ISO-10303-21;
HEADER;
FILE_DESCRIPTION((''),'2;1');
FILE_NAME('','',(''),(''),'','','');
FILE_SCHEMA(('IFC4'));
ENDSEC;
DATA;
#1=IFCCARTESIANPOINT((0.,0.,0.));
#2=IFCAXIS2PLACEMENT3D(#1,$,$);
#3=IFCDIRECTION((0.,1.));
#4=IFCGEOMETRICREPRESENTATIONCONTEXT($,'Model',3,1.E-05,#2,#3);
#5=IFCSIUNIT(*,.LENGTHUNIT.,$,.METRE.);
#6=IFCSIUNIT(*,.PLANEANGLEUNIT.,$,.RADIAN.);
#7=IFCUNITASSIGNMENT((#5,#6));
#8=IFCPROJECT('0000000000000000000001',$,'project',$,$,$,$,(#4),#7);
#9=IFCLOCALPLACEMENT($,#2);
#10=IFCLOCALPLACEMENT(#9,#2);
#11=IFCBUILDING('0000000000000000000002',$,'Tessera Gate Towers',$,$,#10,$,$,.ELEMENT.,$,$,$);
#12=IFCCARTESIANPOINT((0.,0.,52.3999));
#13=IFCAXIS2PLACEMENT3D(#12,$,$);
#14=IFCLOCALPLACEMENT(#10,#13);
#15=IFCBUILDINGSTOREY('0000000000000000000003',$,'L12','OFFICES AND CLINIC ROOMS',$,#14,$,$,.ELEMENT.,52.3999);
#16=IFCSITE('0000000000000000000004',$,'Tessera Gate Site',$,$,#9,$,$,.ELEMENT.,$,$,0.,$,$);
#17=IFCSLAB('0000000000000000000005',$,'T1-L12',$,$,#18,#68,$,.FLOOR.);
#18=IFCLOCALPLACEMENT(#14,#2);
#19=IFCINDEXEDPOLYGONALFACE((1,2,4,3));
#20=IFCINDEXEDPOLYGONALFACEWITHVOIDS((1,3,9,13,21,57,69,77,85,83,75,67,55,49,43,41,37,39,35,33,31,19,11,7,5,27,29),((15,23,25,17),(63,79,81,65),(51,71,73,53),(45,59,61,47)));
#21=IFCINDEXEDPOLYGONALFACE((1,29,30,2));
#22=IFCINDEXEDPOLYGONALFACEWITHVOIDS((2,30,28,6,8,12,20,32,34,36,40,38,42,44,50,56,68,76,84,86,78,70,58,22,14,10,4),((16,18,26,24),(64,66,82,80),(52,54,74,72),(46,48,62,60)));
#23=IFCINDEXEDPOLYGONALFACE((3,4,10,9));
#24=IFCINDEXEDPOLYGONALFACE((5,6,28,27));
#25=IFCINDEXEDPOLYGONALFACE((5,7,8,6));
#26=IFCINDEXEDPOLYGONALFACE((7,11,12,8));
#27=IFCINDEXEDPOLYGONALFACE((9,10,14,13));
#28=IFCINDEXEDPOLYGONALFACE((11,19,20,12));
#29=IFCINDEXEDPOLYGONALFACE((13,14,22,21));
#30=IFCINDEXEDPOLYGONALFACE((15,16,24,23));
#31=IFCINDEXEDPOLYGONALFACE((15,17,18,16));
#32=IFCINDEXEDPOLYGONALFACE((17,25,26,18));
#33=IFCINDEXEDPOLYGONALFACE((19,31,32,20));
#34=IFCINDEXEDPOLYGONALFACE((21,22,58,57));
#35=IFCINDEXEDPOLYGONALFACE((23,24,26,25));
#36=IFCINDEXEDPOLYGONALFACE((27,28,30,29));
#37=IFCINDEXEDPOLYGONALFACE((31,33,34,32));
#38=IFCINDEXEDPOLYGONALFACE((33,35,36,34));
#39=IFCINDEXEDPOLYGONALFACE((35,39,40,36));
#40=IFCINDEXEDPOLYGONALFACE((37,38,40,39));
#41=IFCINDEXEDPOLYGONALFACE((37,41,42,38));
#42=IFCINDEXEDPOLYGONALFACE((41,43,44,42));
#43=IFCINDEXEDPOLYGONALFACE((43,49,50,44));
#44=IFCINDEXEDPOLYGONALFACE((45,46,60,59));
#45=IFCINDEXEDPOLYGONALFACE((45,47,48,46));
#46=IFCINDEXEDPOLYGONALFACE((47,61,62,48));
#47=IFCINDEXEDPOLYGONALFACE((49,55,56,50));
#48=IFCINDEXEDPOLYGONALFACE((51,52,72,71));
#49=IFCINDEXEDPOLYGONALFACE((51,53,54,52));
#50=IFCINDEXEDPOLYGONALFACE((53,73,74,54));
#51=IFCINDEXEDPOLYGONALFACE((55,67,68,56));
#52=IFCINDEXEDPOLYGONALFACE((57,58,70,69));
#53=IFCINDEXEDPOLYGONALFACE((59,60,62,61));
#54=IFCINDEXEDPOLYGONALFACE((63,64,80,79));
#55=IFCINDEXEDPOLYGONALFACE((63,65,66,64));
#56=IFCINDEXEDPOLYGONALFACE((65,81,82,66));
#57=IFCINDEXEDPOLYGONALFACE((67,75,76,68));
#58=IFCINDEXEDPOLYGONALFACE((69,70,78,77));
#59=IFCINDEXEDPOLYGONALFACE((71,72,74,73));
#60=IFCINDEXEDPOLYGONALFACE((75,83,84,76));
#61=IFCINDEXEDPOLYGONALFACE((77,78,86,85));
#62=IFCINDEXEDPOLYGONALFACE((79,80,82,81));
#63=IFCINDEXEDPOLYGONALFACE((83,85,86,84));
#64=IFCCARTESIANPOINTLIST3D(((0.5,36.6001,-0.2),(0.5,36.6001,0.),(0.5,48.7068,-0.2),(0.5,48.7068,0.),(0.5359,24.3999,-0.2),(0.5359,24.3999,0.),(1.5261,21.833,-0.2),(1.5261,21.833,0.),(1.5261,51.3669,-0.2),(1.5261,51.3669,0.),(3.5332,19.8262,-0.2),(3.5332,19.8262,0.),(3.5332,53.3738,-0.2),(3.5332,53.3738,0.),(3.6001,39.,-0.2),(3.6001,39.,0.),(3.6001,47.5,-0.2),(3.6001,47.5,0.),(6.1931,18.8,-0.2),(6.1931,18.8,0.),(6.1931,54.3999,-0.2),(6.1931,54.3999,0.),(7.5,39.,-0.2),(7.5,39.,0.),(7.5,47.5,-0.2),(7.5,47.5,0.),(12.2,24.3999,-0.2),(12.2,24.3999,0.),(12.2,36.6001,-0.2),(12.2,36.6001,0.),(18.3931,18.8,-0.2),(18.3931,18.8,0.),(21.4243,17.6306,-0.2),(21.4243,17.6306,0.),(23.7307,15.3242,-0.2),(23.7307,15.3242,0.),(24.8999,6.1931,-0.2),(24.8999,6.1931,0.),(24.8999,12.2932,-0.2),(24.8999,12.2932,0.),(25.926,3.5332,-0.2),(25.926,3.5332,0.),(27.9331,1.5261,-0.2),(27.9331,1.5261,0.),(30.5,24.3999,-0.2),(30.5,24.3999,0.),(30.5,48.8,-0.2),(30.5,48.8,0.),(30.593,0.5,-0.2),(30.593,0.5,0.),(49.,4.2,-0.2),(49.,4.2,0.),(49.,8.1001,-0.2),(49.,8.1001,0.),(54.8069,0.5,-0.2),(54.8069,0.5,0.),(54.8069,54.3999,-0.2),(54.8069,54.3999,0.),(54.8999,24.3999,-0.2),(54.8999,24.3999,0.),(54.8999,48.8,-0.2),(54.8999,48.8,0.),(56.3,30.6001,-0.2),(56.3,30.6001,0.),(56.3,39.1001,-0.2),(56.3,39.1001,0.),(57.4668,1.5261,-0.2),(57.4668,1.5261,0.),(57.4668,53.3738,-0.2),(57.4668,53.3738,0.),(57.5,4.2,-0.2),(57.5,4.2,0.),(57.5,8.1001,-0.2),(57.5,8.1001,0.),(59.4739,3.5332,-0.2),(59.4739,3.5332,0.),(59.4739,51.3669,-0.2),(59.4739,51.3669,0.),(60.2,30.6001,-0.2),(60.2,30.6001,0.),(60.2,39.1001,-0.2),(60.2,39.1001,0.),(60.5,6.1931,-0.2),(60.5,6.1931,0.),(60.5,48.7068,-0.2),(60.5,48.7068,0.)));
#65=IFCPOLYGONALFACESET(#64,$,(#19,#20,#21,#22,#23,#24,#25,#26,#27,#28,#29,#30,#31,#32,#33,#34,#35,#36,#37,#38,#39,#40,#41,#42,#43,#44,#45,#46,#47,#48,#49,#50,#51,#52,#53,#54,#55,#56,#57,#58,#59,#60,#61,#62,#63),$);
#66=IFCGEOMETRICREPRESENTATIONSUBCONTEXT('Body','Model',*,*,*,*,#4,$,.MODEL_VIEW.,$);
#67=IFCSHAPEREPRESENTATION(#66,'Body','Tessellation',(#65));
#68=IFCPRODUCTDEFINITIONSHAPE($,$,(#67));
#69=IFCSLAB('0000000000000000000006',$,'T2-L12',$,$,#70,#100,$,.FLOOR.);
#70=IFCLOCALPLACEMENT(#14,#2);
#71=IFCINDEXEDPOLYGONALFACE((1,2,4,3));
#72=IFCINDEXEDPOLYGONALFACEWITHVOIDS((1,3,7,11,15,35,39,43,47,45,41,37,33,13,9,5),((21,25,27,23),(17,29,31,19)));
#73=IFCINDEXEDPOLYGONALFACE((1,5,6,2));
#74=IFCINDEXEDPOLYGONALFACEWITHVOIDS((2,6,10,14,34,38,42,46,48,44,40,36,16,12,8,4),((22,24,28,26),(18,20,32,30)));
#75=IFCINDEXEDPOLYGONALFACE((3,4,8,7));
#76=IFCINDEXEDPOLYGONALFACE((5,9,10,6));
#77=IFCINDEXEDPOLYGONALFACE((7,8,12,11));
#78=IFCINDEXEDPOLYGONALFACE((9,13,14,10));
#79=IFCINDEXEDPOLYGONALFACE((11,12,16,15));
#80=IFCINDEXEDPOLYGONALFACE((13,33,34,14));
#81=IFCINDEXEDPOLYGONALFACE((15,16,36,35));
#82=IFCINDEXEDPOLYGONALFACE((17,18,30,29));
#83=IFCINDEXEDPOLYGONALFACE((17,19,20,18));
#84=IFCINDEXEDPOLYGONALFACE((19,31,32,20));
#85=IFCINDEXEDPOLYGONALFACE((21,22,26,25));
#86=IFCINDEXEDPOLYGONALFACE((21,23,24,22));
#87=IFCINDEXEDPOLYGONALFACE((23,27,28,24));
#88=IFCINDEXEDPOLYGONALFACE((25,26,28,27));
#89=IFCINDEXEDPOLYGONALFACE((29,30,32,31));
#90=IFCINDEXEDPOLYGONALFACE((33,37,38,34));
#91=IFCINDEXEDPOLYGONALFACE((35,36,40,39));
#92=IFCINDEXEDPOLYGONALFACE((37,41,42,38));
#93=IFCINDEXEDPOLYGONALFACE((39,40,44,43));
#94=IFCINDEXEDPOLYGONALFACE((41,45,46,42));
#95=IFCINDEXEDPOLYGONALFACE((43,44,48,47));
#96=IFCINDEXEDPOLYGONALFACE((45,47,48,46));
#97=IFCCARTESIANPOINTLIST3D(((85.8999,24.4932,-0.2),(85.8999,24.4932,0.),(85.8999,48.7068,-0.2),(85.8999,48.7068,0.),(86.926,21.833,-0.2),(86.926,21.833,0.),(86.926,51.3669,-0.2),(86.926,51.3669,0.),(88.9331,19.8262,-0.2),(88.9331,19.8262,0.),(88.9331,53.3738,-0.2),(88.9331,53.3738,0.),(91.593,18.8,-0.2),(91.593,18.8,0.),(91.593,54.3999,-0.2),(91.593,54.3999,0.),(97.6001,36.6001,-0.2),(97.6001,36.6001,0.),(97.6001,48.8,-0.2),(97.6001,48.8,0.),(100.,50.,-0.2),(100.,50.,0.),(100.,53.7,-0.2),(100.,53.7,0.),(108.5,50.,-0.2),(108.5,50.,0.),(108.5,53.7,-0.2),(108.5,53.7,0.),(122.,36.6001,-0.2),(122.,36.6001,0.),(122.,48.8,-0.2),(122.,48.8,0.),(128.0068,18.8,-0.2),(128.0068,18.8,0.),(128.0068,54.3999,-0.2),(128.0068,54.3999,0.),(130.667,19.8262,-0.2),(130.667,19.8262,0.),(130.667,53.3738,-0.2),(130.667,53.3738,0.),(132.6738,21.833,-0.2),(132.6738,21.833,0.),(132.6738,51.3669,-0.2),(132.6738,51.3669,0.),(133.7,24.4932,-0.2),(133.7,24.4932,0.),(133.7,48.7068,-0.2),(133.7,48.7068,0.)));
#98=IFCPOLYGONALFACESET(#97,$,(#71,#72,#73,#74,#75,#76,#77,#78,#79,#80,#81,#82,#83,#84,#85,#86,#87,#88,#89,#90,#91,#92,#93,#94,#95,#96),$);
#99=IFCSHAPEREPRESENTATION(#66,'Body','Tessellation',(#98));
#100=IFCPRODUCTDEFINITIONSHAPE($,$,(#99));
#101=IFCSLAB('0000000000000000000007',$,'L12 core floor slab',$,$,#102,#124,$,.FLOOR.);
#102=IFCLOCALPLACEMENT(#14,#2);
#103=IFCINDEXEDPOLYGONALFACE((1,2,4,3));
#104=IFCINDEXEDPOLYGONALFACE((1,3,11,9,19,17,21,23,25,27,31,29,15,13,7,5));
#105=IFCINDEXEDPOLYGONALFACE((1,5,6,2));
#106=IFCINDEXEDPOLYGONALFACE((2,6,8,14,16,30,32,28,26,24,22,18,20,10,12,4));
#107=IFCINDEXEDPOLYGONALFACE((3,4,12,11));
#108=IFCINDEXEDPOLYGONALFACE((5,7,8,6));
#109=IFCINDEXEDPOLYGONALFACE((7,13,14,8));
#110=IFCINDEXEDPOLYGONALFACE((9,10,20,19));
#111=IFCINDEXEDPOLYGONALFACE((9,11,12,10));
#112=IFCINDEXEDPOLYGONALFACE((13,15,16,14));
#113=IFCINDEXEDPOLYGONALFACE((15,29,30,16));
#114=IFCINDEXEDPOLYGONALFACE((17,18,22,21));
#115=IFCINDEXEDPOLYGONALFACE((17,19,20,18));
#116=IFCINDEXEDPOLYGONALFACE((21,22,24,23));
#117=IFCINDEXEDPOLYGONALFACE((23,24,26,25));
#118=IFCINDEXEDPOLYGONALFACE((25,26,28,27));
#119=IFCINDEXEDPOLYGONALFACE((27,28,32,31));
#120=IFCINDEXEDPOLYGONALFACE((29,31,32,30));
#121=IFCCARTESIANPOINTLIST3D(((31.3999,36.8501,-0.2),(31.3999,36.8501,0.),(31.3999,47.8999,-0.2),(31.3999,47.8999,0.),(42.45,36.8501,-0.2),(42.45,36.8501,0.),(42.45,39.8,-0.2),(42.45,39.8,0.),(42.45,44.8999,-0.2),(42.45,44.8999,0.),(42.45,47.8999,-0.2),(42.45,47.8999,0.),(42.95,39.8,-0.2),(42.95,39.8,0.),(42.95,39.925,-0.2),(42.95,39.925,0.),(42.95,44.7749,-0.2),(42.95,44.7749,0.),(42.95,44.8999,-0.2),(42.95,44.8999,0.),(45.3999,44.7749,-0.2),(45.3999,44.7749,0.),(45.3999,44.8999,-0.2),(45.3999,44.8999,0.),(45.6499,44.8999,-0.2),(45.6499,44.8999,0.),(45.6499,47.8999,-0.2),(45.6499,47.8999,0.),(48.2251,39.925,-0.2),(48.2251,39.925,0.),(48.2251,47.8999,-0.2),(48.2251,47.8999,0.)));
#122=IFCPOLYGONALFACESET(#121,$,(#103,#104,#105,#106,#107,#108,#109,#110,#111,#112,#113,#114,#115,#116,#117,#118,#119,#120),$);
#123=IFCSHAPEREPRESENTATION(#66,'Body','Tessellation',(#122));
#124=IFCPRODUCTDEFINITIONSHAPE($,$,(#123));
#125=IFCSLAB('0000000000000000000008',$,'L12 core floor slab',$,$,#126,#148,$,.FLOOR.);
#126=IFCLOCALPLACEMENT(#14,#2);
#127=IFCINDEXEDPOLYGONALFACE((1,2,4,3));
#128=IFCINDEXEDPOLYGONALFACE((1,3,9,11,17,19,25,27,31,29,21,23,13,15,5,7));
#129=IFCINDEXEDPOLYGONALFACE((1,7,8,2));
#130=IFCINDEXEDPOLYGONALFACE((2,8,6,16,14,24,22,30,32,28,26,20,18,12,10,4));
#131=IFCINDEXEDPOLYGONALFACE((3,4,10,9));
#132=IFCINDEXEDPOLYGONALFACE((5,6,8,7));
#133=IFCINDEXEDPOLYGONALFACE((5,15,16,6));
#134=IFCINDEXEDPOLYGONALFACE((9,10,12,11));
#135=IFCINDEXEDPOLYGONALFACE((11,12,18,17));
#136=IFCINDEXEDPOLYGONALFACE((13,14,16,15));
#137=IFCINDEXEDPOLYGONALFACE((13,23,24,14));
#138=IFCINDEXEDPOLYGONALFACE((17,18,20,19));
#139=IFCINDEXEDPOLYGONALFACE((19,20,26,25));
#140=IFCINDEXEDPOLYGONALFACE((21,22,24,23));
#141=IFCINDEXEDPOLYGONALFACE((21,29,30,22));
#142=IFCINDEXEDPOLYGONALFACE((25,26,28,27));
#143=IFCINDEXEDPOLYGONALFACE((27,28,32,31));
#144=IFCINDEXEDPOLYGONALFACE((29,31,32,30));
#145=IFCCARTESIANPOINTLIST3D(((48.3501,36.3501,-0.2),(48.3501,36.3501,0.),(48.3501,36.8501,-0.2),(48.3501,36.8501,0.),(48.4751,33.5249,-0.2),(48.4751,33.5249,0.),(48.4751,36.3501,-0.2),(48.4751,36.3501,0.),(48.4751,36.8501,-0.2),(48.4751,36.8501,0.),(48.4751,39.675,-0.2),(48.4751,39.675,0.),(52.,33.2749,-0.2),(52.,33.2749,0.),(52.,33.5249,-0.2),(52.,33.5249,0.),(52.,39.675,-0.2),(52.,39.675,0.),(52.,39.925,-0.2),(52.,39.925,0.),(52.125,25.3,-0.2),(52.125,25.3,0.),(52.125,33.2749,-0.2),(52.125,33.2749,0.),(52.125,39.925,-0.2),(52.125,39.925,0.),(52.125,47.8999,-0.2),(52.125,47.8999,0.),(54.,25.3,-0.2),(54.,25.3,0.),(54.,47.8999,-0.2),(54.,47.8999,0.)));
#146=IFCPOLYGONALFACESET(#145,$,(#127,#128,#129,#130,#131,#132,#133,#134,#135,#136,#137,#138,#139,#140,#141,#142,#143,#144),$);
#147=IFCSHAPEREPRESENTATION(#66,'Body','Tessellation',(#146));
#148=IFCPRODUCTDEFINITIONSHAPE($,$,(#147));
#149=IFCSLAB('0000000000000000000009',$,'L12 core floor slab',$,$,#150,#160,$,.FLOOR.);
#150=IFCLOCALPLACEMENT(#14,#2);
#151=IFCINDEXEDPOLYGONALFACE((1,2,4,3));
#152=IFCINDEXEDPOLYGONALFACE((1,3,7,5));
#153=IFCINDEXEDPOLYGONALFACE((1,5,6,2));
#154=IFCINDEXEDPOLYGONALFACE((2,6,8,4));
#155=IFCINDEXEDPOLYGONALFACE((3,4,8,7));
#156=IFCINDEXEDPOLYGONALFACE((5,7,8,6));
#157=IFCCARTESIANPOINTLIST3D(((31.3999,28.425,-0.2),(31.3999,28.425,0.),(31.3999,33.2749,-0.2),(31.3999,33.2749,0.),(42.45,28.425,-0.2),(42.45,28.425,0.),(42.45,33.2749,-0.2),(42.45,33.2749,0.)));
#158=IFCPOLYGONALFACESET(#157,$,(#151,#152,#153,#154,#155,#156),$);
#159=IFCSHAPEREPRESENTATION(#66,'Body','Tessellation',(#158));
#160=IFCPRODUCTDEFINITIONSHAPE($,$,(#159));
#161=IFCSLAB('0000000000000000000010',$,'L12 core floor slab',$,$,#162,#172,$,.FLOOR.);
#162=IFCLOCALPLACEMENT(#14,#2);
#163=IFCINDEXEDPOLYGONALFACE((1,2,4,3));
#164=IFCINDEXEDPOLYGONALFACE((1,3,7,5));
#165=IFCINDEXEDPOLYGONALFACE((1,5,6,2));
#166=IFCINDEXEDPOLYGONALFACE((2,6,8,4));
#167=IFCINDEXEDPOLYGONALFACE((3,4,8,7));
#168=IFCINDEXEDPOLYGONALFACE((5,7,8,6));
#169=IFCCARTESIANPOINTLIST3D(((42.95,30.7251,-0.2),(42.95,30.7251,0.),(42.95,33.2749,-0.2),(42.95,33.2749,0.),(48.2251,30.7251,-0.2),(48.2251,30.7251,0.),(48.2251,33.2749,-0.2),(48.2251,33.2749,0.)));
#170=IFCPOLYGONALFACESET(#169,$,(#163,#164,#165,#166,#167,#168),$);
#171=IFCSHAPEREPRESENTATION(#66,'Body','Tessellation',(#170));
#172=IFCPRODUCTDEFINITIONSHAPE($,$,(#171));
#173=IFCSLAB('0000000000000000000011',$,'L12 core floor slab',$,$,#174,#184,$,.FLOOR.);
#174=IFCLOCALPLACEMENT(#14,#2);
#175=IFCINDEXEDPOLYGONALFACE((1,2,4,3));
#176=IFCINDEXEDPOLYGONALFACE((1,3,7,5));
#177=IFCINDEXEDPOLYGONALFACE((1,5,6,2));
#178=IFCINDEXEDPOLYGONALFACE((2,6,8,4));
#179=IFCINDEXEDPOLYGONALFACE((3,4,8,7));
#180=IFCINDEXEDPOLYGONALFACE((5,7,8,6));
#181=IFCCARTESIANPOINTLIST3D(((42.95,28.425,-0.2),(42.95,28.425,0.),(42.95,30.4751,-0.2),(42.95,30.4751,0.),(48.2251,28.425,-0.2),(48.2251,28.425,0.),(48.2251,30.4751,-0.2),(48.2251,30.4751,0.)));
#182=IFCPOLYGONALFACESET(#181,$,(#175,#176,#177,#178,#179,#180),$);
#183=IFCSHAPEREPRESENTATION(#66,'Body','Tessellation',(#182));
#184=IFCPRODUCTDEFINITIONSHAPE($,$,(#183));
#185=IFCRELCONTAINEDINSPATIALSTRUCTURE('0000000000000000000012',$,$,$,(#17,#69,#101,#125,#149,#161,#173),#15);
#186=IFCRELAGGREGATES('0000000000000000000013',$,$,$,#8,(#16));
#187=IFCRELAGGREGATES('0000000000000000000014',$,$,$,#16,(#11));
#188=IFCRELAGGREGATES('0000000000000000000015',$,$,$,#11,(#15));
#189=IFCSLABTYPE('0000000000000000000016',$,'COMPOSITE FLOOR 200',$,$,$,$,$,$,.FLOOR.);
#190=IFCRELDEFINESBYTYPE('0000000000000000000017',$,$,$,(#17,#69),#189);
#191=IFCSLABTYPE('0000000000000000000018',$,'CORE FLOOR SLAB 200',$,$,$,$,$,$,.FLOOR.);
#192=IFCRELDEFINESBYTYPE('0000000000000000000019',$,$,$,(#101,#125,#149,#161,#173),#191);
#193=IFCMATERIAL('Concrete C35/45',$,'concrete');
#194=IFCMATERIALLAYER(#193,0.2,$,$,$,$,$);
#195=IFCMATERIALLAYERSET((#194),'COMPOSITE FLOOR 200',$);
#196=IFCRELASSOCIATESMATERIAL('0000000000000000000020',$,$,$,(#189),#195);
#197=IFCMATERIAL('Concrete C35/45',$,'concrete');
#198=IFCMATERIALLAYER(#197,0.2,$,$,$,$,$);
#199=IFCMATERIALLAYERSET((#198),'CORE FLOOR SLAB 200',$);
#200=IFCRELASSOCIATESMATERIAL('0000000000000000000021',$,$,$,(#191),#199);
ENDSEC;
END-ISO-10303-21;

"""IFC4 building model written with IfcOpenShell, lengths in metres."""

from ifc_helpers import new_model, si_unit, direction, frame, origin, place, context, subcontext, project, spatial, polyline, outline, extrude, material, layer, layer_set, type_object, element, save


model = new_model("IFC4")

# Units and contexts
model_context = context("Model", 3, precision=1e-05, world=origin(), true_north=direction((0.0, 1.0)))
body_context = subcontext(model_context, "Body", "Model", "MODEL_VIEW")
ifc_project = project(units=[si_unit("LENGTHUNIT", "METRE"), si_unit("PLANEANGLEUNIT", "RADIAN")], contexts=[model_context])

# Site, building, storey
site_placement = place(None, origin())
site = spatial("IfcSite", under=ifc_project, at=site_placement, Name="Tessera Gate Site", CompositionType="ELEMENT", RefElevation=0.0)
building_placement = place(site_placement, origin())
building = spatial("IfcBuilding", under=site, at=building_placement, Name="Tessera Gate Towers", CompositionType="ELEMENT")
storey_placement = place(building_placement, frame((0.0, 0.0, 52.3999)))
storey = spatial("IfcBuildingStorey", under=building, at=storey_placement, Name="L12", Description="OFFICES AND CLINIC ROOMS", CompositionType="ELEMENT", Elevation=52.3999)

# Slabs
ifc_material_1 = material(Name="Concrete C35/45", Category="concrete")
ifc_layer_1 = layer(ifc_material_1, 0.2)
ifc_layer_set_1 = layer_set([ifc_layer_1], Name="COMPOSITE FLOOR 200")
slab_type_1 = type_object("IfcSlabType", Name="COMPOSITE FLOOR 200", PredefinedType="FLOOR", material=ifc_layer_set_1)
slab_1_placement = place(storey_placement, frame((0.0, 0.0, -0.2)))
element("IfcSlab", 1, at=slab_1_placement, inside=storey, type_object=slab_type_1, Name="T1-L12", PredefinedType="FLOOR", context=body_context, shape_type="SweptSolid", body=[
    extrude(outline(polyline([(0.5, 36.6001), (12.2, 36.6001), (12.2, 24.3999), (0.5359, 24.3999), (1.5261, 21.833), (3.5332, 19.8262), (6.1931, 18.8), (18.3931, 18.8), (21.4243, 17.6306), (23.7307, 15.3242), (24.8999, 12.2932), (24.8999, 6.1931), (25.926, 3.5332), (27.9331, 1.5261), (30.593, 0.5), (54.8069, 0.5), (57.4668, 1.5261), (59.4739, 3.5332), (60.5, 6.1931), (60.5, 48.7068), (59.4739, 51.3669), (57.4668, 53.3738), (54.8069, 54.3999), (6.1931, 54.3999), (3.5332, 53.3738), (1.5261, 51.3669), (0.5, 48.7068), (0.5, 36.6001)]), holes=[polyline([(3.6001, 39.0), (3.6001, 47.5), (7.5, 47.5), (7.5, 39.0), (3.6001, 39.0)]), polyline([(30.5, 24.3999), (30.5, 48.8), (54.8999, 48.8), (54.8999, 24.3999), (30.5, 24.3999)]), polyline([(49.0, 4.2), (49.0, 8.1001), (57.5, 8.1001), (57.5, 4.2), (49.0, 4.2)]), polyline([(56.3, 30.6001), (56.3, 39.1001), (60.2, 39.1001), (60.2, 30.6001), (56.3, 30.6001)])]), origin(), (0.0, 0.0, 1.0), 0.2),
])
slab_2_placement = place(storey_placement, frame((0.0, 0.0, -0.2)))
element("IfcSlab", 2, at=slab_2_placement, inside=storey, type_object=slab_type_1, Name="T2-L12", PredefinedType="FLOOR", context=body_context, shape_type="SweptSolid", body=[
    extrude(outline(polyline([(85.8999, 24.4932), (86.926, 21.833), (88.9331, 19.8262), (91.593, 18.8), (128.0068, 18.8), (130.667, 19.8262), (132.6738, 21.833), (133.7, 24.4932), (133.7, 48.7068), (132.6738, 51.3669), (130.667, 53.3738), (128.0068, 54.3999), (91.593, 54.3999), (88.9331, 53.3738), (86.926, 51.3669), (85.8999, 48.7068), (85.8999, 24.4932)]), holes=[polyline([(97.6001, 36.6001), (97.6001, 48.8), (122.0, 48.8), (122.0, 36.6001), (97.6001, 36.6001)]), polyline([(100.0, 50.0), (100.0, 53.7), (108.5, 53.7), (108.5, 50.0), (100.0, 50.0)])]), origin(), (0.0, 0.0, 1.0), 0.2),
])
ifc_material_2 = material(Name="Concrete C35/45", Category="concrete")
ifc_layer_2 = layer(ifc_material_2, 0.2)
ifc_layer_set_2 = layer_set([ifc_layer_2], Name="CORE FLOOR SLAB 200")
slab_type_2 = type_object("IfcSlabType", Name="CORE FLOOR SLAB 200", PredefinedType="FLOOR", material=ifc_layer_set_2)
slab_3_placement = place(storey_placement, frame((0.0, 0.0, -0.2)))
element("IfcSlab", 3, at=slab_3_placement, inside=storey, type_object=slab_type_2, Name="L12 core floor slab", PredefinedType="FLOOR", context=body_context, shape_type="SweptSolid", body=[
    extrude(outline(polyline([(31.3999, 47.8999), (31.3999, 36.8501), (42.45, 36.8501), (42.45, 39.8), (42.95, 39.8), (42.95, 39.925), (48.2251, 39.925), (48.2251, 47.8999), (45.6499, 47.8999), (45.6499, 44.8999), (45.3999, 44.8999), (45.3999, 44.7749), (42.95, 44.7749), (42.95, 44.8999), (42.45, 44.8999), (42.45, 47.8999), (31.3999, 47.8999)])), origin(), (0.0, 0.0, 1.0), 0.2),
])
slab_4_placement = place(storey_placement, frame((0.0, 0.0, -0.2)))
element("IfcSlab", 4, at=slab_4_placement, inside=storey, type_object=slab_type_2, Name="L12 core floor slab", PredefinedType="FLOOR", context=body_context, shape_type="SweptSolid", body=[
    extrude(outline(polyline([(48.3501, 36.8501), (48.3501, 36.3501), (48.4751, 36.3501), (48.4751, 33.5249), (52.0, 33.5249), (52.0, 33.2749), (52.125, 33.2749), (52.125, 25.3), (54.0, 25.3), (54.0, 47.8999), (52.125, 47.8999), (52.125, 39.925), (52.0, 39.925), (52.0, 39.675), (48.4751, 39.675), (48.4751, 36.8501), (48.3501, 36.8501)])), origin(), (0.0, 0.0, 1.0), 0.2),
])
slab_5_placement = place(storey_placement, frame((0.0, 0.0, -0.2)))
element("IfcSlab", 5, at=slab_5_placement, inside=storey, type_object=slab_type_2, Name="L12 core floor slab", PredefinedType="FLOOR", context=body_context, shape_type="SweptSolid", body=[
    extrude(outline(polyline([(42.45, 28.425), (42.45, 33.2749), (31.3999, 33.2749), (31.3999, 28.425), (42.45, 28.425)])), origin(), (0.0, 0.0, 1.0), 0.2),
])
slab_6_placement = place(storey_placement, frame((0.0, 0.0, -0.2)))
element("IfcSlab", 6, at=slab_6_placement, inside=storey, type_object=slab_type_2, Name="L12 core floor slab", PredefinedType="FLOOR", context=body_context, shape_type="SweptSolid", body=[
    extrude(outline(polyline([(42.95, 33.2749), (42.95, 30.7251), (48.2251, 30.7251), (48.2251, 33.2749), (42.95, 33.2749)])), origin(), (0.0, 0.0, 1.0), 0.2),
])
slab_7_placement = place(storey_placement, frame((0.0, 0.0, -0.2)))
element("IfcSlab", 7, at=slab_7_placement, inside=storey, type_object=slab_type_2, Name="L12 core floor slab", PredefinedType="FLOOR", context=body_context, shape_type="SweptSolid", body=[
    extrude(outline(polyline([(42.95, 30.4751), (42.95, 28.425), (48.2251, 28.425), (48.2251, 30.4751), (42.95, 30.4751)])), origin(), (0.0, 0.0, 1.0), 0.2),
])

save(model, "model.ifc")
